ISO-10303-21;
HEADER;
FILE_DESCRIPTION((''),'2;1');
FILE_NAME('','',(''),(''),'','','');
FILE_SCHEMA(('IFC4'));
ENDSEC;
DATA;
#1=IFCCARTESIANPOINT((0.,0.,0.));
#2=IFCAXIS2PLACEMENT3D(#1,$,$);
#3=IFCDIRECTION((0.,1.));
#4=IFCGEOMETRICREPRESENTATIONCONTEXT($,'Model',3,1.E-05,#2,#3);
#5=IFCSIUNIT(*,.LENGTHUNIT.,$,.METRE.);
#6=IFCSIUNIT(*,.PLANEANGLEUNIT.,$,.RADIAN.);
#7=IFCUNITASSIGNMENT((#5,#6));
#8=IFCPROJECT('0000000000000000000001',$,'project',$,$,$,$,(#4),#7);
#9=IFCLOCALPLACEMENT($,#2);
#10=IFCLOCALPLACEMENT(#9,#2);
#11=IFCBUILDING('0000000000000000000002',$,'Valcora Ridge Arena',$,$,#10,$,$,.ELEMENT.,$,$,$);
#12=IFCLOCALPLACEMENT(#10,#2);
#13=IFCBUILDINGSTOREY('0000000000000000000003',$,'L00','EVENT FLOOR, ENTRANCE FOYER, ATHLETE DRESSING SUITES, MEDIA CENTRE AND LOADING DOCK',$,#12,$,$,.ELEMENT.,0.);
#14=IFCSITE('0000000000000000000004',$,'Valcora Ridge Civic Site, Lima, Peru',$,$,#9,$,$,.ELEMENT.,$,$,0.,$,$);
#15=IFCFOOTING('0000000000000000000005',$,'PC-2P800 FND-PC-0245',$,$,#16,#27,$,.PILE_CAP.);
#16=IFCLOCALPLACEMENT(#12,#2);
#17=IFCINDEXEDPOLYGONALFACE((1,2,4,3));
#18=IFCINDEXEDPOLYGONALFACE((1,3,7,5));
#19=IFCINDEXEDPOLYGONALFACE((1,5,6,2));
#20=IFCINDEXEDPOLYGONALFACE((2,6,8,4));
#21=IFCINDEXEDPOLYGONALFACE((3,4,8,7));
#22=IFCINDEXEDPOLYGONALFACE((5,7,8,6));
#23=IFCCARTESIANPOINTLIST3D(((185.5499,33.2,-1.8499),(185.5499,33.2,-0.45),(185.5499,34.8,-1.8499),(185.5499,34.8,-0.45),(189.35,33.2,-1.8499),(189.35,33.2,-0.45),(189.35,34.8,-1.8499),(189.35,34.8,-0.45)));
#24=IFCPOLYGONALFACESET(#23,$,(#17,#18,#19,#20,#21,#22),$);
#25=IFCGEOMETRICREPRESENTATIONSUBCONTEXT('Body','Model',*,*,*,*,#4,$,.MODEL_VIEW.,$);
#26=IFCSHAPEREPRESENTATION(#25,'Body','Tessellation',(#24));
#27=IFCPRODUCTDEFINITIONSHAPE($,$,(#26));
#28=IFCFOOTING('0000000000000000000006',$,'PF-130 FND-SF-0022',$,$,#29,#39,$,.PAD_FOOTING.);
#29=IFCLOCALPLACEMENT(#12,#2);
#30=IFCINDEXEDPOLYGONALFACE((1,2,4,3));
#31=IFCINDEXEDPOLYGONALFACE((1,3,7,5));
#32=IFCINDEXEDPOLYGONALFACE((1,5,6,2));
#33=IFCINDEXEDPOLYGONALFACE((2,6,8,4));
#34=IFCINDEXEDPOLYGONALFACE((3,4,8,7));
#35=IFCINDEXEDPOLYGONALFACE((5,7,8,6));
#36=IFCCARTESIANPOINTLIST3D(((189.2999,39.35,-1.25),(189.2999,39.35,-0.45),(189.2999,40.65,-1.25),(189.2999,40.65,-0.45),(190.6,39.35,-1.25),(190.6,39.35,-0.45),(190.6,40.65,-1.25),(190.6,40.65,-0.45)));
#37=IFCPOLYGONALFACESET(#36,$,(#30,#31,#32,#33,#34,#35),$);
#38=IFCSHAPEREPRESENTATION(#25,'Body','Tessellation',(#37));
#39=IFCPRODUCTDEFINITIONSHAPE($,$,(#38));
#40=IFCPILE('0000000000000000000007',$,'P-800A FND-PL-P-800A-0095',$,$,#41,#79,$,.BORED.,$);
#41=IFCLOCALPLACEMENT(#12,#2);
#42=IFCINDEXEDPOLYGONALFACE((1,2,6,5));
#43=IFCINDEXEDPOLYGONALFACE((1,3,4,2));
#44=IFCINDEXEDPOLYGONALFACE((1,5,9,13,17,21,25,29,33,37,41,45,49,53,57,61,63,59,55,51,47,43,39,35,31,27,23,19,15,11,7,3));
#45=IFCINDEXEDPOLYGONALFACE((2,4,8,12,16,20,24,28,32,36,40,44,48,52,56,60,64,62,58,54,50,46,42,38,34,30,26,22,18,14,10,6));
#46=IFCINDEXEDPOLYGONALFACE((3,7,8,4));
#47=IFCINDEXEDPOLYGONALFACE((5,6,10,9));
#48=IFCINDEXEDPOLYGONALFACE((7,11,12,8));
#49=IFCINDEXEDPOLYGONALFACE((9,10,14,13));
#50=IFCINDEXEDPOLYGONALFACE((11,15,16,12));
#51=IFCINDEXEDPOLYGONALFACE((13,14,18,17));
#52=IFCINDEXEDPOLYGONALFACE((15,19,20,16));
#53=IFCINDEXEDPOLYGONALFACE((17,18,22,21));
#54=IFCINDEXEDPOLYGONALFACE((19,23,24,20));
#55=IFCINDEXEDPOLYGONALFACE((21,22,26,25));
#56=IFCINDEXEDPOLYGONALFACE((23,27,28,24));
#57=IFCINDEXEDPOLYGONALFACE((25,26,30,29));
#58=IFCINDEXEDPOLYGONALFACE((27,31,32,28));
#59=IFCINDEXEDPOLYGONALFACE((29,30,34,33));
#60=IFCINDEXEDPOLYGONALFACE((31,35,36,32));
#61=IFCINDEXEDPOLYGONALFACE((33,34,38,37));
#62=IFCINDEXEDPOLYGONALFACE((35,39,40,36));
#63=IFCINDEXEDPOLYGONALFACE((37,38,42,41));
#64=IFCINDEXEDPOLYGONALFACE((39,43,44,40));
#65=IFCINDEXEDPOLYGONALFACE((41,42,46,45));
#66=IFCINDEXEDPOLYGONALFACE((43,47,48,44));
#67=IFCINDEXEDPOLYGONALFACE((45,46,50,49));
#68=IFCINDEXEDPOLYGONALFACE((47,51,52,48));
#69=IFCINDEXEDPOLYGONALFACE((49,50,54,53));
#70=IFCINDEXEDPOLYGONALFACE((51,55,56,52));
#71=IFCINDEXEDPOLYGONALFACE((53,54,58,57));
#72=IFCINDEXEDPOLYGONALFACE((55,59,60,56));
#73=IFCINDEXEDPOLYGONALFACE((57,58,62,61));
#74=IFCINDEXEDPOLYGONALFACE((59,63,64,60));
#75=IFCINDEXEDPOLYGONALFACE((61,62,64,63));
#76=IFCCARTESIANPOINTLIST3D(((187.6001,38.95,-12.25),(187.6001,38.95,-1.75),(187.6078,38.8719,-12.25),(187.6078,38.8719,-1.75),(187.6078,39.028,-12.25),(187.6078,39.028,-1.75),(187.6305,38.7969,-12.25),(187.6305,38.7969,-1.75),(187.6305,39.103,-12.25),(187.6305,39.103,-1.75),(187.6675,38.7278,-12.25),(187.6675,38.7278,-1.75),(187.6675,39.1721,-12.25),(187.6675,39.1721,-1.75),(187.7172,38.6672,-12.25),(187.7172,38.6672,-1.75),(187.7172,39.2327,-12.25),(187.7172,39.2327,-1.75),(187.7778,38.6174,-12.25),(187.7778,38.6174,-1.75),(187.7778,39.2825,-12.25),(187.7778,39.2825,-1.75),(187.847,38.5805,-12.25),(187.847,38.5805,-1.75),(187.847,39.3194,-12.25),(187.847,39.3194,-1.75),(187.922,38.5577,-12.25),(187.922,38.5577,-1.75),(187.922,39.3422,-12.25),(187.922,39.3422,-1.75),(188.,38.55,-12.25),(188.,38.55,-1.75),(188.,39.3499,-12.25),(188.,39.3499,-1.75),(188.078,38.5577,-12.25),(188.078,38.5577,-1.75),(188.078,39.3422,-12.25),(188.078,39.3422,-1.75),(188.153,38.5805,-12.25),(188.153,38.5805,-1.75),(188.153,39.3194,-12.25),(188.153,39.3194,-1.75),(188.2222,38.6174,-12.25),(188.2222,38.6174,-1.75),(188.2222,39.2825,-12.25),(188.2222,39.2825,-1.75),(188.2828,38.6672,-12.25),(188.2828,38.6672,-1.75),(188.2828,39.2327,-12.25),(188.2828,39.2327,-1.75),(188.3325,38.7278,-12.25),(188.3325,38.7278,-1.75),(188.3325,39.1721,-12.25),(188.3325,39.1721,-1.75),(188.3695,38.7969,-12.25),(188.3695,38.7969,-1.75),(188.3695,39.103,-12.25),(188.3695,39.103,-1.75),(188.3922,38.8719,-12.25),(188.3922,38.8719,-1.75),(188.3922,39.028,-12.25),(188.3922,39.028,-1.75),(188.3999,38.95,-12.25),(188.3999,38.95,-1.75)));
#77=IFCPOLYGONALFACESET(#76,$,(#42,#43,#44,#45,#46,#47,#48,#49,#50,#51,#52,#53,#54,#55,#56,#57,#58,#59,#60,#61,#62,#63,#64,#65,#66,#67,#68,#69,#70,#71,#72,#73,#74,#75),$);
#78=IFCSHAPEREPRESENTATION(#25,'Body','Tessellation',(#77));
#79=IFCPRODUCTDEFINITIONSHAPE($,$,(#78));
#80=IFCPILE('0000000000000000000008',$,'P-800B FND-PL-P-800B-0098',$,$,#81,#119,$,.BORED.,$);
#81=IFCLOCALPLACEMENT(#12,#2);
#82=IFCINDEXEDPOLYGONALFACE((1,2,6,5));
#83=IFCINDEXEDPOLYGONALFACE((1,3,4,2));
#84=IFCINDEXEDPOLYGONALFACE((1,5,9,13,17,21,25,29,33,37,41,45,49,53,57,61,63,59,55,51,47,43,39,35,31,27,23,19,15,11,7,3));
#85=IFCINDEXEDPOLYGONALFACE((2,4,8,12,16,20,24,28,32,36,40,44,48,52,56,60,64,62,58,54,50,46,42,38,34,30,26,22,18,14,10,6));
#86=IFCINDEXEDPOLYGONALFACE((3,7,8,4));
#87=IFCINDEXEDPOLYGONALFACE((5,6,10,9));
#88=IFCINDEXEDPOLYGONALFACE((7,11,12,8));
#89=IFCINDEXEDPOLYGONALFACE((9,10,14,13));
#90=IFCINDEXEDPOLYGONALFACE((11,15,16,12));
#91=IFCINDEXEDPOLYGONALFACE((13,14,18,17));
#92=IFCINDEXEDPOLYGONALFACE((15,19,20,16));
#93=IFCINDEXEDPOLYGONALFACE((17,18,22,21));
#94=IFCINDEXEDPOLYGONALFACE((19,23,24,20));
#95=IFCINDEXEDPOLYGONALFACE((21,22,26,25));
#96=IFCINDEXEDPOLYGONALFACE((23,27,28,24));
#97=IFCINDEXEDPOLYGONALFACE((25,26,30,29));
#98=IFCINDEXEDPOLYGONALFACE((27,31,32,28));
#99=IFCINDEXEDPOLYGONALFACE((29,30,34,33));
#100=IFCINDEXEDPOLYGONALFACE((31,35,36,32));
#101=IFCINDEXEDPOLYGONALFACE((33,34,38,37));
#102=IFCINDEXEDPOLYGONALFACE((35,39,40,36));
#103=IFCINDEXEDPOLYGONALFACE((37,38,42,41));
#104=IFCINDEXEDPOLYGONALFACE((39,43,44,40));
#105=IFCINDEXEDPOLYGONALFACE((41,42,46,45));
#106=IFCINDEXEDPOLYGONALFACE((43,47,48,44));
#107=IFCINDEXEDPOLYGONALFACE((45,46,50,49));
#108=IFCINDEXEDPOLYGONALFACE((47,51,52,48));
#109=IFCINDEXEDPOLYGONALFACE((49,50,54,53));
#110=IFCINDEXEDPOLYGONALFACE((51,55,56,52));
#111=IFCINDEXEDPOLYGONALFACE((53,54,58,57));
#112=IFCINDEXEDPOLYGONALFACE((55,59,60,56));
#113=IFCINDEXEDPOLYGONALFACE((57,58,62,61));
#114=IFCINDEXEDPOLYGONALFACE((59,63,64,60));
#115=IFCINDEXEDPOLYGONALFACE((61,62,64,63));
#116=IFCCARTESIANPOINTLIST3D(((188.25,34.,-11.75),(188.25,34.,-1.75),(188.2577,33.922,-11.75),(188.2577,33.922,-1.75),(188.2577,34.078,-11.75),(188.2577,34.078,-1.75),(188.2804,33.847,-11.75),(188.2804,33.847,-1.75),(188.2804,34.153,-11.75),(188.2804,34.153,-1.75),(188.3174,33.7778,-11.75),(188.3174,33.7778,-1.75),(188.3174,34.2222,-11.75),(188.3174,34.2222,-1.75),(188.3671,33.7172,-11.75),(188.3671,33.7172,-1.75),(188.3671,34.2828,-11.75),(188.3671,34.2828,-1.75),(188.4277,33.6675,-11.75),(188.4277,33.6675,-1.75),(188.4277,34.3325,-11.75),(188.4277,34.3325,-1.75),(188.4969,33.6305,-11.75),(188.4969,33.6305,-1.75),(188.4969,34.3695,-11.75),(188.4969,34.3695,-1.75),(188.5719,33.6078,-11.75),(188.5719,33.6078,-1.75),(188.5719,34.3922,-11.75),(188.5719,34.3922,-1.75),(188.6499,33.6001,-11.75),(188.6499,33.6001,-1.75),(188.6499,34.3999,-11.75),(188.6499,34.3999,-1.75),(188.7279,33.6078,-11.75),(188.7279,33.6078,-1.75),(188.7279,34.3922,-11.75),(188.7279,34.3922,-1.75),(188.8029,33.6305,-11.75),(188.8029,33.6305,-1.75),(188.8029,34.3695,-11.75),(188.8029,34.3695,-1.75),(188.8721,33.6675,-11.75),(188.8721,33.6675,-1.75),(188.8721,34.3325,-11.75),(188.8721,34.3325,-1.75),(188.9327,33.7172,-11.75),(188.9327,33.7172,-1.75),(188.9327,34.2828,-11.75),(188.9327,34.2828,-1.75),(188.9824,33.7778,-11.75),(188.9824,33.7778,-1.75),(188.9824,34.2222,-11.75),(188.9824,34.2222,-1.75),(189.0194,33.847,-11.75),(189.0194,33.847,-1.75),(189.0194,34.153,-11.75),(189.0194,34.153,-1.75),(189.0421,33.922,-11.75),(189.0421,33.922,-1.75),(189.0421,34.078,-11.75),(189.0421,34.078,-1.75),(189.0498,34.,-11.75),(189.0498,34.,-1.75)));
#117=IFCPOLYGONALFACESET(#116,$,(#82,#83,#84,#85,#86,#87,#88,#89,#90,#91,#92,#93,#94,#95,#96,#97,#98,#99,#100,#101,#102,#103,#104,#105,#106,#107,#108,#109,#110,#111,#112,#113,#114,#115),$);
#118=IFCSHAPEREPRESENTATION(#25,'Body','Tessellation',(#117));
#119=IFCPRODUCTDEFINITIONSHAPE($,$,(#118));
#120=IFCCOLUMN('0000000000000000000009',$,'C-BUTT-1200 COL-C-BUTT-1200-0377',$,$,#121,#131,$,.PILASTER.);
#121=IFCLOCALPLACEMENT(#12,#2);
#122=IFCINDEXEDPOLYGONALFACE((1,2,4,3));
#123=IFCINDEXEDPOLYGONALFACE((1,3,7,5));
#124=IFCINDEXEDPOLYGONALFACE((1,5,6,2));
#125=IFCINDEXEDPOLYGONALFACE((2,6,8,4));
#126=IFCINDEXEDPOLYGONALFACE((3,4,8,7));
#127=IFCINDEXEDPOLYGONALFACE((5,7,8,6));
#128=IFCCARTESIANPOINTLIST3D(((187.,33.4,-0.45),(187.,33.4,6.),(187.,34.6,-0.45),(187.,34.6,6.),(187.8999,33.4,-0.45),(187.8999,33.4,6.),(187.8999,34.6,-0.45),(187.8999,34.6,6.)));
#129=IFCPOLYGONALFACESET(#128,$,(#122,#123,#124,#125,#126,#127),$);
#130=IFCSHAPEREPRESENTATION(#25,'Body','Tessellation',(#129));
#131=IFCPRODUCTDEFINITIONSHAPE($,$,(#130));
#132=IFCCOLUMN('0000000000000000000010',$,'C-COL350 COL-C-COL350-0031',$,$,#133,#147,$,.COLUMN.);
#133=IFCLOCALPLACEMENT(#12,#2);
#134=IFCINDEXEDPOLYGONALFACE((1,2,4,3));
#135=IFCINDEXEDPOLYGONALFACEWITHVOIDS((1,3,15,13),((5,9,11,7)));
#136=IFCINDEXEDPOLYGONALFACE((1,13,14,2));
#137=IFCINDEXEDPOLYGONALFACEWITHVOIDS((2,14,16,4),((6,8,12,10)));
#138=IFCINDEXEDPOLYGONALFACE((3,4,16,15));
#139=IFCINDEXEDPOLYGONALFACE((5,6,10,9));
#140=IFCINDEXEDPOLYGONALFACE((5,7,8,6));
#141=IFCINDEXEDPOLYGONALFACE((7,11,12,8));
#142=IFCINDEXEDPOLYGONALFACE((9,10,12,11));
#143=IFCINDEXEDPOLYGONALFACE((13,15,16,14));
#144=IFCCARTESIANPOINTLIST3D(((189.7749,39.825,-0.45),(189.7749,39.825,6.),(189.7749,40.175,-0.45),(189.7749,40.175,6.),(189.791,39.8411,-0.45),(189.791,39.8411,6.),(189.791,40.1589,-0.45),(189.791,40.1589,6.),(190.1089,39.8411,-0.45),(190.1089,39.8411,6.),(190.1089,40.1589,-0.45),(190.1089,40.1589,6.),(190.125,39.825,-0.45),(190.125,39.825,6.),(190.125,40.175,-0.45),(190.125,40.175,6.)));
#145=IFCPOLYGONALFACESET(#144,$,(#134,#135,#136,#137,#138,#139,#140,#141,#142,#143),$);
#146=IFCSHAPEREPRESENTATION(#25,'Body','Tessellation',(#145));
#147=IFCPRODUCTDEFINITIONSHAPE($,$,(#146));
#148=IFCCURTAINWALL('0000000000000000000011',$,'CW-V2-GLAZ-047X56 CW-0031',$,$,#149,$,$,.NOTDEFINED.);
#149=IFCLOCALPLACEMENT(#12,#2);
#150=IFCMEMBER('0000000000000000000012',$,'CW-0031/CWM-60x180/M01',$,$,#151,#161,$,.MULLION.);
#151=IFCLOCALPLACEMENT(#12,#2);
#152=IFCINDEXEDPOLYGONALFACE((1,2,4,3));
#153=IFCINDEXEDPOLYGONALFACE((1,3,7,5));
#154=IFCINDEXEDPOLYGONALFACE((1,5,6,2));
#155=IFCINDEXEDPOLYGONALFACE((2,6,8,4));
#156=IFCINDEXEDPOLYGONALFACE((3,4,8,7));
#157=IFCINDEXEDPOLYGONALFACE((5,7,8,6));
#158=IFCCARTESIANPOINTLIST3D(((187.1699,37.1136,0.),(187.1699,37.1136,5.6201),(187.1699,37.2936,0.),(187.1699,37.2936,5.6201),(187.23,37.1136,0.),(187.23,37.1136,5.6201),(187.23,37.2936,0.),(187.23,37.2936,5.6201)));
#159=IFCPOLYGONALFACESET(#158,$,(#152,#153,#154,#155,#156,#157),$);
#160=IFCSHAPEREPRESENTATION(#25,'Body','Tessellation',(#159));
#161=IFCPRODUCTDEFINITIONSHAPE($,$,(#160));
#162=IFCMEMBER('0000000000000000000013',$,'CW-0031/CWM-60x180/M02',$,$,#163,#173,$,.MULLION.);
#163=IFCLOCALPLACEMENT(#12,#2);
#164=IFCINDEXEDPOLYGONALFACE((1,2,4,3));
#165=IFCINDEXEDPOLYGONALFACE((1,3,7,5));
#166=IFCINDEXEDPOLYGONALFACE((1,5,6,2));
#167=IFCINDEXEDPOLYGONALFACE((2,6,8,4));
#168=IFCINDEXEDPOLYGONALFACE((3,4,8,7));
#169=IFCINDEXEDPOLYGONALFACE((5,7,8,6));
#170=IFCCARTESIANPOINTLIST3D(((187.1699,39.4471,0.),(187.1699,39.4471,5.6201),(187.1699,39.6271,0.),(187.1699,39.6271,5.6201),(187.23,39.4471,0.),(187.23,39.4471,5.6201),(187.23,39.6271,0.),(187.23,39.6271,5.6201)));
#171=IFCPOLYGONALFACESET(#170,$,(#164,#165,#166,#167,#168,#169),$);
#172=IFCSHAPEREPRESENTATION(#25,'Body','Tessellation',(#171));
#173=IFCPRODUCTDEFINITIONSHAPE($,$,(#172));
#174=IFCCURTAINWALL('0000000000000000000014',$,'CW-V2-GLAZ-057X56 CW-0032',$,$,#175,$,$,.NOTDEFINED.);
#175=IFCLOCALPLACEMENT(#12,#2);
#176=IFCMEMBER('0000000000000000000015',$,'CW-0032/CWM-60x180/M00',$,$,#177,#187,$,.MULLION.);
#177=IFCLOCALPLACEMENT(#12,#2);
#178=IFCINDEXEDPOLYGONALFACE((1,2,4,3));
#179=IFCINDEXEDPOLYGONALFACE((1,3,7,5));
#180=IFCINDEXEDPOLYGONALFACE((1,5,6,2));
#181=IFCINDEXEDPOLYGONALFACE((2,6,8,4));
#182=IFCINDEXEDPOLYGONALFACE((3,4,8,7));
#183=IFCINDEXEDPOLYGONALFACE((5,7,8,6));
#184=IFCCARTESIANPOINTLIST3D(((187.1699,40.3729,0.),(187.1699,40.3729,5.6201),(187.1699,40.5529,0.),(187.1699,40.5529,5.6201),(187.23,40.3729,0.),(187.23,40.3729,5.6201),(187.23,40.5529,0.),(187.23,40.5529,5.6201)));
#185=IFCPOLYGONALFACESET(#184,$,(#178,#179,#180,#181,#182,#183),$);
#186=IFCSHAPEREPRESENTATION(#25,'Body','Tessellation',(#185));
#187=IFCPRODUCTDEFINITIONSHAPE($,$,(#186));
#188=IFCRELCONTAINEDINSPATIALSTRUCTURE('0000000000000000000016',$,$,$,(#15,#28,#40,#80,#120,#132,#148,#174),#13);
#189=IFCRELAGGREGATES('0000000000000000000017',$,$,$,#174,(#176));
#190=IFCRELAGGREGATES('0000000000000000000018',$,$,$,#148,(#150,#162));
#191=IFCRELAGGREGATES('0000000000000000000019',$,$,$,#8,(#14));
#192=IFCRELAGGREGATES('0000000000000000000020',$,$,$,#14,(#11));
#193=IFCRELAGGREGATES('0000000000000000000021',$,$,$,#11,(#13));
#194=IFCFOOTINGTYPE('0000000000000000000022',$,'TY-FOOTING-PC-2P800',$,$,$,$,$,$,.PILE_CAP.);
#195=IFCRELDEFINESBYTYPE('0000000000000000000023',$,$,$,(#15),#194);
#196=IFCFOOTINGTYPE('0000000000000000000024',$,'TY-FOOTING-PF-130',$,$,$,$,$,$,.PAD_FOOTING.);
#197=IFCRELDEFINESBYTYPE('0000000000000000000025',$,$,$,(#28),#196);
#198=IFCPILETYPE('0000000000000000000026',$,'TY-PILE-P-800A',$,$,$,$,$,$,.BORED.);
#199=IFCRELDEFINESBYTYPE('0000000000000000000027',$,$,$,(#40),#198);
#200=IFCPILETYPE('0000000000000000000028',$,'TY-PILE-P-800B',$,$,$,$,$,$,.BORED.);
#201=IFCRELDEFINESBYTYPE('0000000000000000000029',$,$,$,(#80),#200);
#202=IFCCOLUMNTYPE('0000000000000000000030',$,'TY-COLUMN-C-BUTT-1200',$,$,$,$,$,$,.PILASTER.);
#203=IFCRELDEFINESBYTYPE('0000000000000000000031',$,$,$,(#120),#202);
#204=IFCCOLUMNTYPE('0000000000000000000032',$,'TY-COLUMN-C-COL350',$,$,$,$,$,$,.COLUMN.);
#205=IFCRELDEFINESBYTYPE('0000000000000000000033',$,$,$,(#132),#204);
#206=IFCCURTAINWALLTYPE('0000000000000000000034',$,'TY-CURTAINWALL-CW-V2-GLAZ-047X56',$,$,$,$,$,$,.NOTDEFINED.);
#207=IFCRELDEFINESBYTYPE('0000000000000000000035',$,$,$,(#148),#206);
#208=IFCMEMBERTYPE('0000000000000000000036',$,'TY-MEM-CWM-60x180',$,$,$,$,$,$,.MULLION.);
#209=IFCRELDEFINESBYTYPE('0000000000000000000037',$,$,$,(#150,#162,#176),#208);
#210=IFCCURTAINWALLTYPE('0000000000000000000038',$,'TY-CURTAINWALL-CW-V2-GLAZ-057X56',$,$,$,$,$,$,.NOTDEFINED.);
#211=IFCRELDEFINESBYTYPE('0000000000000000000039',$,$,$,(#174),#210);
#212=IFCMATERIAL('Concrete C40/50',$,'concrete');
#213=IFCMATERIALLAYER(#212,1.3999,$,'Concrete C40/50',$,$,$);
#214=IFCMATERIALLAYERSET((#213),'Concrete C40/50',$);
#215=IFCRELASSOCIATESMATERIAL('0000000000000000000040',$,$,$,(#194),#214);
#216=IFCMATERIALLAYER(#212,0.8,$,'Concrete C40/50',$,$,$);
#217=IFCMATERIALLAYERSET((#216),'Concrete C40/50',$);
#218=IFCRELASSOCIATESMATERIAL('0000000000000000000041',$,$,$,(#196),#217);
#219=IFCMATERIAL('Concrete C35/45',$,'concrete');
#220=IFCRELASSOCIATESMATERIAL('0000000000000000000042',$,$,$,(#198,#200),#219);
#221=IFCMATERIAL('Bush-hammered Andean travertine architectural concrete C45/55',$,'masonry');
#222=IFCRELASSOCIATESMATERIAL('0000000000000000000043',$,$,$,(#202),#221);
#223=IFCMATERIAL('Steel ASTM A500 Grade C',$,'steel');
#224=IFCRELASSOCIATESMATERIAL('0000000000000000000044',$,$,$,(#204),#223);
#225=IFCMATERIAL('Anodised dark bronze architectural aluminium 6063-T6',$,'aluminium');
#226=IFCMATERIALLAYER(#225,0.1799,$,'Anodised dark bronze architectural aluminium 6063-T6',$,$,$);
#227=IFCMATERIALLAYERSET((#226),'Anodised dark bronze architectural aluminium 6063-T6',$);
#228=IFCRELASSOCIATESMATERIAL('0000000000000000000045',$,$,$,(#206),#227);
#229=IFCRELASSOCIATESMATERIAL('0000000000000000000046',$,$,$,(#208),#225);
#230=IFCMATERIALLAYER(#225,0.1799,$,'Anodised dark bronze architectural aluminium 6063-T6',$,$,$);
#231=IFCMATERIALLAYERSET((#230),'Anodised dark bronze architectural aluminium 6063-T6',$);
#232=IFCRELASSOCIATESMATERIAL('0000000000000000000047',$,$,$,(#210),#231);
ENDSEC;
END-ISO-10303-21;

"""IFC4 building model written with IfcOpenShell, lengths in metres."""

from ifc_helpers import new_model, si_unit, direction, frame, origin, origin_2d, place, context, subcontext, project, spatial, rectangle, hollow_rectangle, circle, extrude, material, layer, layer_set, material_profile, profile_set, type_object, element, aggregate, save


model = new_model("IFC4")

# Units and contexts
model_context = context("Model", 3, precision=1e-05, world=origin(), true_north=direction((0.0, 1.0)))
body_context = subcontext(model_context, "Body", "Model", "MODEL_VIEW")
ifc_project = project(units=[si_unit("LENGTHUNIT", "METRE"), si_unit("PLANEANGLEUNIT", "RADIAN")], contexts=[model_context])

# Site, building, storey
site_placement = place(None, origin())
site = spatial("IfcSite", under=ifc_project, at=site_placement, Name="Valcora Ridge Civic Site, Lima, Peru", CompositionType="ELEMENT", RefElevation=0.0)
building_placement = place(site_placement, origin())
building = spatial("IfcBuilding", under=site, at=building_placement, Name="Valcora Ridge Arena", CompositionType="ELEMENT")
storey_placement = place(building_placement, origin())
storey = spatial("IfcBuildingStorey", under=building, at=storey_placement, Name="L00", Description="EVENT FLOOR, ENTRANCE FOYER, ATHLETE DRESSING SUITES, MEDIA CENTRE AND LOADING DOCK", CompositionType="ELEMENT", Elevation=0.0)

# Footings
ifc_material_1 = material(Name="Concrete C40/50", Category="concrete")
ifc_layer_1 = layer(ifc_material_1, 1.3999, Name="Concrete C40/50")
ifc_layer_set_1 = layer_set([ifc_layer_1], Name="Concrete C40/50")
footing_type_1 = type_object("IfcFootingType", Name="TY-FOOTING-PC-2P800", PredefinedType="PILE_CAP", material=ifc_layer_set_1)
footing_1_placement = place(storey_placement, frame((187.45, 34.0, -1.8499), z_axis=(0.0, 0.0, 1.0), x_axis=(1.0, 0.0, 0.0)))
element("IfcFooting", 1, at=footing_1_placement, inside=storey, type_object=footing_type_1, Name="PC-2P800 FND-PC-0245", PredefinedType="PILE_CAP", context=body_context, shape_type="SweptSolid", body=[
    extrude(rectangle(XDim=3.8, YDim=1.6001, at=origin_2d()), origin(), (0.0, 0.0, 1.0), 1.3999),
])
ifc_layer_2 = layer(ifc_material_1, 0.8, Name="Concrete C40/50")
ifc_layer_set_2 = layer_set([ifc_layer_2], Name="Concrete C40/50")
footing_type_2 = type_object("IfcFootingType", Name="TY-FOOTING-PF-130", PredefinedType="PAD_FOOTING", material=ifc_layer_set_2)
footing_2_placement = place(storey_placement, frame((189.95, 40.0, -1.25), z_axis=(0.0, 0.0, 1.0), x_axis=(1.0, 0.0, 0.0)))
element("IfcFooting", 2, at=footing_2_placement, inside=storey, type_object=footing_type_2, Name="PF-130 FND-SF-0022", PredefinedType="PAD_FOOTING", context=body_context, shape_type="SweptSolid", body=[
    extrude(rectangle(XDim=1.3, YDim=1.3, at=origin_2d()), origin(), (0.0, 0.0, 1.0), 0.8),
])

# Piles
ifc_material_2 = material(Name="Concrete C35/45", Category="concrete")
ifc_material_profile_1 = material_profile(ifc_material_2, circle(Radius=0.3999, at=origin_2d()), Name="BORED PILE D800")
ifc_profile_set_1 = profile_set([ifc_material_profile_1], Name="Concrete C35/45")
pile_type_1 = type_object("IfcPileType", Name="TY-PILE-P-800A", PredefinedType="BORED", material=ifc_profile_set_1)
pile_1_placement = place(storey_placement, frame((188.0, 38.95, -1.75), z_axis=(0.0, 0.0, -1.0), x_axis=(1.0, 0.0, 0.0)))
element("IfcPile", 3, at=pile_1_placement, inside=storey, type_object=pile_type_1, Name="P-800A FND-PL-P-800A-0095", PredefinedType="BORED", context=body_context, shape_type="SweptSolid", body=[
    extrude(circle(Radius=0.3999, at=origin_2d()), origin(), (0.0, 0.0, 1.0), 10.5),
])
ifc_material_profile_2 = material_profile(ifc_material_2, circle(Radius=0.3999, at=origin_2d()), Name="BORED PILE D800")
ifc_profile_set_2 = profile_set([ifc_material_profile_2], Name="Concrete C35/45")
pile_type_2 = type_object("IfcPileType", Name="TY-PILE-P-800B", PredefinedType="BORED", material=ifc_profile_set_2)
pile_2_placement = place(storey_placement, frame((188.6499, 34.0, -1.75), z_axis=(0.0, 0.0, -1.0), x_axis=(1.0, 0.0, 0.0)))
element("IfcPile", 4, at=pile_2_placement, inside=storey, type_object=pile_type_2, Name="P-800B FND-PL-P-800B-0098", PredefinedType="BORED", context=body_context, shape_type="SweptSolid", body=[
    extrude(circle(Radius=0.3999, at=origin_2d()), origin(), (0.0, 0.0, 1.0), 10.0),
])

# Columns
ifc_material_3 = material(Name="Bush-hammered Andean travertine architectural concrete C45/55", Category="masonry")
ifc_material_profile_3 = material_profile(ifc_material_3, rectangle(XDim=0.8999, YDim=1.2, at=origin_2d()), Name="RC 900x1200")
ifc_profile_set_3 = profile_set([ifc_material_profile_3], Name="Bush-hammered Andean travertine architectural concrete C45/55")
column_type_1 = type_object("IfcColumnType", Name="TY-COLUMN-C-BUTT-1200", PredefinedType="PILASTER", material=ifc_profile_set_3)
column_1_placement = place(storey_placement, frame((187.45, 34.0, -0.45), z_axis=(0.0, 0.0, 1.0), x_axis=(1.0, 0.0, 0.0)))
element("IfcColumn", 5, at=column_1_placement, inside=storey, type_object=column_type_1, Name="C-BUTT-1200 COL-C-BUTT-1200-0377", PredefinedType="PILASTER", context=body_context, shape_type="SweptSolid", body=[
    extrude(rectangle(XDim=0.8999, YDim=1.2, at=origin_2d()), origin(), (0.0, 0.0, 1.0), 6.45),
])
ifc_material_4 = material(Name="Steel ASTM A500 Grade C", Category="steel")
ifc_material_profile_4 = material_profile(ifc_material_4, hollow_rectangle(XDim=0.3501, YDim=0.3501, WallThickness=0.0161, at=origin_2d()), Name="HSS350X350X16")
ifc_profile_set_4 = profile_set([ifc_material_profile_4], Name="Steel ASTM A500 Grade C")
column_type_2 = type_object("IfcColumnType", Name="TY-COLUMN-C-COL350", PredefinedType="COLUMN", material=ifc_profile_set_4)
column_2_placement = place(storey_placement, frame((189.95, 40.0, -0.45), z_axis=(0.0, 0.0, 1.0), x_axis=(1.0, 0.0, 0.0)))
element("IfcColumn", 6, at=column_2_placement, inside=storey, type_object=column_type_2, Name="C-COL350 COL-C-COL350-0031", PredefinedType="COLUMN", context=body_context, shape_type="SweptSolid", body=[
    extrude(hollow_rectangle(XDim=0.3501, YDim=0.3501, WallThickness=0.0161, at=origin_2d()), origin(), (0.0, 0.0, 1.0), 6.45),
])

# Curtain walls, members
ifc_material_5 = material(Name="Anodised dark bronze architectural aluminium 6063-T6", Category="aluminium")
ifc_layer_3 = layer(ifc_material_5, 0.1799, Name="Anodised dark bronze architectural aluminium 6063-T6")
ifc_layer_set_3 = layer_set([ifc_layer_3], Name="Anodised dark bronze architectural aluminium 6063-T6")
curtain_wall_type_1 = type_object("IfcCurtainWallType", Name="TY-CURTAINWALL-CW-V2-GLAZ-047X56", PredefinedType="NOTDEFINED", material=ifc_layer_set_3)
curtain_wall_1_placement = place(storey_placement, origin())
curtain_wall_1 = element("IfcCurtainWall", 7, at=curtain_wall_1_placement, inside=storey, type_object=curtain_wall_type_1, Name="CW-V2-GLAZ-047X56 CW-0031", PredefinedType="NOTDEFINED")
ifc_material_profile_5 = material_profile(ifc_material_5, rectangle(XDim=0.0601, YDim=0.1799, at=origin_2d()), Name="ALU MULLION 60x180")
ifc_profile_set_5 = profile_set([ifc_material_profile_5], Name="Anodised dark bronze architectural aluminium 6063-T6")
member_type_1 = type_object("IfcMemberType", Name="TY-MEM-CWM-60x180", PredefinedType="MULLION", material=ifc_profile_set_5)
member_1_placement = place(storey_placement, frame((187.2, 37.2036, 0.0), z_axis=(0.0, 0.0, 1.0), x_axis=(-1.0, 0.0, 0.0)))
member_1 = element("IfcMember", 8, at=member_1_placement, type_object=member_type_1, Name="CW-0031/CWM-60x180/M01", PredefinedType="MULLION", context=body_context, shape_type="SweptSolid", body=[
    extrude(rectangle(XDim=0.0601, YDim=0.1799, at=origin_2d()), origin(), (0.0, 0.0, 1.0), 5.6201),
])
member_2_placement = place(storey_placement, frame((187.2, 39.5371, 0.0), z_axis=(0.0, 0.0, 1.0), x_axis=(-1.0, 0.0, 0.0)))
member_2 = element("IfcMember", 9, at=member_2_placement, type_object=member_type_1, Name="CW-0031/CWM-60x180/M02", PredefinedType="MULLION", context=body_context, shape_type="SweptSolid", body=[
    extrude(rectangle(XDim=0.0601, YDim=0.1799, at=origin_2d()), origin(), (0.0, 0.0, 1.0), 5.6201),
])
ifc_layer_4 = layer(ifc_material_5, 0.1799, Name="Anodised dark bronze architectural aluminium 6063-T6")
ifc_layer_set_4 = layer_set([ifc_layer_4], Name="Anodised dark bronze architectural aluminium 6063-T6")
curtain_wall_type_2 = type_object("IfcCurtainWallType", Name="TY-CURTAINWALL-CW-V2-GLAZ-057X56", PredefinedType="NOTDEFINED", material=ifc_layer_set_4)
curtain_wall_2_placement = place(storey_placement, origin())
curtain_wall_2 = element("IfcCurtainWall", 10, at=curtain_wall_2_placement, inside=storey, type_object=curtain_wall_type_2, Name="CW-V2-GLAZ-057X56 CW-0032", PredefinedType="NOTDEFINED")
member_3_placement = place(storey_placement, frame((187.2, 40.4629, 0.0), z_axis=(0.0, 0.0, 1.0), x_axis=(-1.0, 0.0, 0.0)))
member_3 = element("IfcMember", 11, at=member_3_placement, type_object=member_type_1, Name="CW-0032/CWM-60x180/M00", PredefinedType="MULLION", context=body_context, shape_type="SweptSolid", body=[
    extrude(rectangle(XDim=0.0601, YDim=0.1799, at=origin_2d()), origin(), (0.0, 0.0, 1.0), 5.6201),
])

aggregate(curtain_wall_2, [member_3])
aggregate(curtain_wall_1, [member_1, member_2])

save(model, "model.ifc")
